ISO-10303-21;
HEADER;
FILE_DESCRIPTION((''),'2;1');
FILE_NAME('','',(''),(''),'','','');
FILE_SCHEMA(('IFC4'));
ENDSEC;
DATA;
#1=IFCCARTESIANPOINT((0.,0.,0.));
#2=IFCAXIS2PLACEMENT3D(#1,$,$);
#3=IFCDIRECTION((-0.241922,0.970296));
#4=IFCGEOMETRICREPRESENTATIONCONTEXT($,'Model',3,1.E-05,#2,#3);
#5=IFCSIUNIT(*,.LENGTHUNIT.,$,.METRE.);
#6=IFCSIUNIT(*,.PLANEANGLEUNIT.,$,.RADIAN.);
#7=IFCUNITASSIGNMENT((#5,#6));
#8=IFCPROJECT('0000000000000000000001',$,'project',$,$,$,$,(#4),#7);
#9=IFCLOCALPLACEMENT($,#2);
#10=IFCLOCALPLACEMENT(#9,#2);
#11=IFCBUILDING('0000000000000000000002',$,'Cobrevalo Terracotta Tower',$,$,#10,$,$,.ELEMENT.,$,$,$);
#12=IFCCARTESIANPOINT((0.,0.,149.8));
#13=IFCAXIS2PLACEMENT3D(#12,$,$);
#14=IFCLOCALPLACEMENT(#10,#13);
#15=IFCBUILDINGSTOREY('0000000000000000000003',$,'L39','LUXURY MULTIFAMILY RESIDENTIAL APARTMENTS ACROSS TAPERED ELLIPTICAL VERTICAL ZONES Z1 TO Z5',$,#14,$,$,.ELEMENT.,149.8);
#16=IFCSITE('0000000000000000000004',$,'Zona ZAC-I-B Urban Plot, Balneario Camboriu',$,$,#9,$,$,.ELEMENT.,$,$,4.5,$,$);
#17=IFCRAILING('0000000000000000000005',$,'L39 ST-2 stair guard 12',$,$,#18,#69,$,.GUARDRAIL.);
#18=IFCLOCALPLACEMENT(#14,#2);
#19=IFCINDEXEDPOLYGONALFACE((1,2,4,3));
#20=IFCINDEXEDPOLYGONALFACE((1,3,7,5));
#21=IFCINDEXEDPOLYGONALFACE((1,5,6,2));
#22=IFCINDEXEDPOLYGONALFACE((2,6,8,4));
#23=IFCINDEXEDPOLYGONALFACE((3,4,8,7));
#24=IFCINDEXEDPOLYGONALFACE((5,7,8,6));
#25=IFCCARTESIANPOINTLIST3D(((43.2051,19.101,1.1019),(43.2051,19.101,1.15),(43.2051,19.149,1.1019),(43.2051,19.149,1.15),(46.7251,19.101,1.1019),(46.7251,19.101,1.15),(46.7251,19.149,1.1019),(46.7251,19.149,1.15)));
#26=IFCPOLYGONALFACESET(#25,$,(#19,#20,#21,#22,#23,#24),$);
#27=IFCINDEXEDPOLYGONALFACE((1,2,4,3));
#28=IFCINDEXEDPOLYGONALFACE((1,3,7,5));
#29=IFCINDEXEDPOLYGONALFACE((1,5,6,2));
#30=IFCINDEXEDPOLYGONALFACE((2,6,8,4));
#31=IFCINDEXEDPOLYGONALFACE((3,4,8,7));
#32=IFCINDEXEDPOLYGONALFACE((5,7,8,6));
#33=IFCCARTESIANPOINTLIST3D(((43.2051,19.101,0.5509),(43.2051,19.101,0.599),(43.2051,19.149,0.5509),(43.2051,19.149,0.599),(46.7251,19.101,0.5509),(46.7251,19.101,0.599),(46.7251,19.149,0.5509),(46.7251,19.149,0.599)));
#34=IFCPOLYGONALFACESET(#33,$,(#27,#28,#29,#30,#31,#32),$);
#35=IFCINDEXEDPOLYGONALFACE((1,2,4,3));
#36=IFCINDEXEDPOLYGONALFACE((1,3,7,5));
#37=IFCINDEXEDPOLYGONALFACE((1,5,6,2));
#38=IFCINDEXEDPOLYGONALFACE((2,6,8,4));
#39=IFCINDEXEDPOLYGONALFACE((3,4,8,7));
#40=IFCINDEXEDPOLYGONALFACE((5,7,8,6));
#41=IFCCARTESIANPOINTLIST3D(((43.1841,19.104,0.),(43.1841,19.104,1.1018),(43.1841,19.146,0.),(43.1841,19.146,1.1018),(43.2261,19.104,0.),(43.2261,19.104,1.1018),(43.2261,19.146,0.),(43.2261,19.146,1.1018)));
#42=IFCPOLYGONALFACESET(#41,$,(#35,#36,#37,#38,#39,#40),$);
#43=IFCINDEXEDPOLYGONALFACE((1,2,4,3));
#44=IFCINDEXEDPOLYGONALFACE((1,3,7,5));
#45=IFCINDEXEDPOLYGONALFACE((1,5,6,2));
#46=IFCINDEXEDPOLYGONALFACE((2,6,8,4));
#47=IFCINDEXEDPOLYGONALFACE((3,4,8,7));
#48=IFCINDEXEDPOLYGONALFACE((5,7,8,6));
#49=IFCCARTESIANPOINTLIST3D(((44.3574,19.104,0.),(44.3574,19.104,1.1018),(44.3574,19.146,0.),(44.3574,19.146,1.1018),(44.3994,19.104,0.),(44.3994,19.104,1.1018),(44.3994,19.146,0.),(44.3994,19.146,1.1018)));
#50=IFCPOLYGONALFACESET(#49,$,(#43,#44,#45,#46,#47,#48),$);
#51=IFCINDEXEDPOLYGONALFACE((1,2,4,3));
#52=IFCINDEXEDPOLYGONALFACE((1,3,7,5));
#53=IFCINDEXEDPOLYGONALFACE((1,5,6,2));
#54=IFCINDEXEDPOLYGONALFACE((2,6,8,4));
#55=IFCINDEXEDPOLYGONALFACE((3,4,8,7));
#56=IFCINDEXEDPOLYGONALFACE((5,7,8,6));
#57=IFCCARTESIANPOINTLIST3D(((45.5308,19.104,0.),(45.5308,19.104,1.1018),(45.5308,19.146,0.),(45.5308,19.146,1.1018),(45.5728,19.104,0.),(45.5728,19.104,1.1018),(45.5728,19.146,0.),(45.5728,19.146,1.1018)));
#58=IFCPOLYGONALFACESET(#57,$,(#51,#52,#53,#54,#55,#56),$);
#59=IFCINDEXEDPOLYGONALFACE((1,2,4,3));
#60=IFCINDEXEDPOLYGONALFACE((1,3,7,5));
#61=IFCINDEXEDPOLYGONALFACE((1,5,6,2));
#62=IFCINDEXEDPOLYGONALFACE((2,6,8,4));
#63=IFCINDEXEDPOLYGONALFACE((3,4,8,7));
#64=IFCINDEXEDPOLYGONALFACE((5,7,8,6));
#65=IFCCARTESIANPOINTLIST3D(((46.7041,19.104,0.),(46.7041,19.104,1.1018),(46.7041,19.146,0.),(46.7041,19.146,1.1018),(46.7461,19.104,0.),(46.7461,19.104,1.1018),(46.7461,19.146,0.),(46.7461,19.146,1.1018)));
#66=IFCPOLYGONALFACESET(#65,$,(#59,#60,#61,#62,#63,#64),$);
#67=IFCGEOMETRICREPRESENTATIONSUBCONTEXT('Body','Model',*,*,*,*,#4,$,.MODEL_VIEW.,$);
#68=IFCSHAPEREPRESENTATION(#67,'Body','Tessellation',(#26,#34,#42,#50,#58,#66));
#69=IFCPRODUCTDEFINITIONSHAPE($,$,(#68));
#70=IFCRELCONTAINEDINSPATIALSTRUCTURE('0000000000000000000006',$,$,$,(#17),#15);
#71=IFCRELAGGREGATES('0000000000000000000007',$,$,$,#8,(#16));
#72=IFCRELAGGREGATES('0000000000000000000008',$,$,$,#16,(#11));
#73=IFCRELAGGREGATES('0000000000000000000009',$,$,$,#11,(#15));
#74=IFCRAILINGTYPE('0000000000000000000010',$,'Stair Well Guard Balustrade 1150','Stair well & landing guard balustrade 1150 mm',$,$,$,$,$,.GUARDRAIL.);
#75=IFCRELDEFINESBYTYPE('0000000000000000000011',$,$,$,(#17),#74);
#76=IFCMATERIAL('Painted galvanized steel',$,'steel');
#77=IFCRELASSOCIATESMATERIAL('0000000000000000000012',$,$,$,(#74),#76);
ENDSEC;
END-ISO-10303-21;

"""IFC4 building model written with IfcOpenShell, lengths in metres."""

from ifc_helpers import new_model, si_unit, direction, frame, origin, origin_2d, place, context, subcontext, project, spatial, rectangle, extrude, material, type_object, element, save


model = new_model("IFC4")

# Units and contexts
model_context = context("Model", 3, precision=1e-05, world=origin(), true_north=direction((-0.241922, 0.970296)))
body_context = subcontext(model_context, "Body", "Model", "MODEL_VIEW")
ifc_project = project(units=[si_unit("LENGTHUNIT", "METRE"), si_unit("PLANEANGLEUNIT", "RADIAN")], contexts=[model_context])

# Site, building, storey
site_placement = place(None, origin())
site = spatial("IfcSite", under=ifc_project, at=site_placement, Name="Zona ZAC-I-B Urban Plot, Balneario Camboriu", CompositionType="ELEMENT", RefElevation=4.5)
building_placement = place(site_placement, origin())
building = spatial("IfcBuilding", under=site, at=building_placement, Name="Cobrevalo Terracotta Tower", CompositionType="ELEMENT")
storey_placement = place(building_placement, frame((0.0, 0.0, 149.8)))
storey = spatial("IfcBuildingStorey", under=building, at=storey_placement, Name="L39", Description="LUXURY MULTIFAMILY RESIDENTIAL APARTMENTS ACROSS TAPERED ELLIPTICAL VERTICAL ZONES Z1 TO Z5", CompositionType="ELEMENT", Elevation=149.8)

# Railing
ifc_material_1 = material(Name="Painted galvanized steel", Category="steel")
railing_type_1 = type_object("IfcRailingType", Name="Stair Well Guard Balustrade 1150", Description="Stair well & landing guard balustrade 1150 mm", PredefinedType="GUARDRAIL", material=ifc_material_1)
railing_1_placement = place(storey_placement, frame((43.2051, 19.125, 0.0)))
element("IfcRailing", 1, at=railing_1_placement, inside=storey, type_object=railing_type_1, Name="L39 ST-2 stair guard 12", PredefinedType="GUARDRAIL", context=body_context, shape_type="SweptSolid", body=[
    extrude(rectangle(XDim=0.0481, YDim=0.0481, at=origin_2d()), frame((0.0, 0.0, 1.126), z_axis=(1.0, 0.0, 0.0), x_axis=(0.0, 1.0, 0.0)), (0.0, 0.0, 1.0), 3.52),
    extrude(rectangle(XDim=0.0481, YDim=0.0481, at=origin_2d()), frame((0.0, 0.0, 0.575), z_axis=(1.0, 0.0, 0.0), x_axis=(0.0, 1.0, 0.0)), (0.0, 0.0, 1.0), 3.52),
    extrude(rectangle(XDim=0.042, YDim=0.042, at=origin_2d()), origin(), (0.0, 0.0, 1.0), 1.1018),
    extrude(rectangle(XDim=0.042, YDim=0.042, at=origin_2d()), frame((1.1733, 0.0, 0.0)), (0.0, 0.0, 1.0), 1.1018),
    extrude(rectangle(XDim=0.042, YDim=0.042, at=origin_2d()), frame((2.3467, 0.0, 0.0)), (0.0, 0.0, 1.0), 1.1018),
    extrude(rectangle(XDim=0.042, YDim=0.042, at=origin_2d()), frame((3.52, 0.0, 0.0)), (0.0, 0.0, 1.0), 1.1018),
])

save(model, "model.ifc")
